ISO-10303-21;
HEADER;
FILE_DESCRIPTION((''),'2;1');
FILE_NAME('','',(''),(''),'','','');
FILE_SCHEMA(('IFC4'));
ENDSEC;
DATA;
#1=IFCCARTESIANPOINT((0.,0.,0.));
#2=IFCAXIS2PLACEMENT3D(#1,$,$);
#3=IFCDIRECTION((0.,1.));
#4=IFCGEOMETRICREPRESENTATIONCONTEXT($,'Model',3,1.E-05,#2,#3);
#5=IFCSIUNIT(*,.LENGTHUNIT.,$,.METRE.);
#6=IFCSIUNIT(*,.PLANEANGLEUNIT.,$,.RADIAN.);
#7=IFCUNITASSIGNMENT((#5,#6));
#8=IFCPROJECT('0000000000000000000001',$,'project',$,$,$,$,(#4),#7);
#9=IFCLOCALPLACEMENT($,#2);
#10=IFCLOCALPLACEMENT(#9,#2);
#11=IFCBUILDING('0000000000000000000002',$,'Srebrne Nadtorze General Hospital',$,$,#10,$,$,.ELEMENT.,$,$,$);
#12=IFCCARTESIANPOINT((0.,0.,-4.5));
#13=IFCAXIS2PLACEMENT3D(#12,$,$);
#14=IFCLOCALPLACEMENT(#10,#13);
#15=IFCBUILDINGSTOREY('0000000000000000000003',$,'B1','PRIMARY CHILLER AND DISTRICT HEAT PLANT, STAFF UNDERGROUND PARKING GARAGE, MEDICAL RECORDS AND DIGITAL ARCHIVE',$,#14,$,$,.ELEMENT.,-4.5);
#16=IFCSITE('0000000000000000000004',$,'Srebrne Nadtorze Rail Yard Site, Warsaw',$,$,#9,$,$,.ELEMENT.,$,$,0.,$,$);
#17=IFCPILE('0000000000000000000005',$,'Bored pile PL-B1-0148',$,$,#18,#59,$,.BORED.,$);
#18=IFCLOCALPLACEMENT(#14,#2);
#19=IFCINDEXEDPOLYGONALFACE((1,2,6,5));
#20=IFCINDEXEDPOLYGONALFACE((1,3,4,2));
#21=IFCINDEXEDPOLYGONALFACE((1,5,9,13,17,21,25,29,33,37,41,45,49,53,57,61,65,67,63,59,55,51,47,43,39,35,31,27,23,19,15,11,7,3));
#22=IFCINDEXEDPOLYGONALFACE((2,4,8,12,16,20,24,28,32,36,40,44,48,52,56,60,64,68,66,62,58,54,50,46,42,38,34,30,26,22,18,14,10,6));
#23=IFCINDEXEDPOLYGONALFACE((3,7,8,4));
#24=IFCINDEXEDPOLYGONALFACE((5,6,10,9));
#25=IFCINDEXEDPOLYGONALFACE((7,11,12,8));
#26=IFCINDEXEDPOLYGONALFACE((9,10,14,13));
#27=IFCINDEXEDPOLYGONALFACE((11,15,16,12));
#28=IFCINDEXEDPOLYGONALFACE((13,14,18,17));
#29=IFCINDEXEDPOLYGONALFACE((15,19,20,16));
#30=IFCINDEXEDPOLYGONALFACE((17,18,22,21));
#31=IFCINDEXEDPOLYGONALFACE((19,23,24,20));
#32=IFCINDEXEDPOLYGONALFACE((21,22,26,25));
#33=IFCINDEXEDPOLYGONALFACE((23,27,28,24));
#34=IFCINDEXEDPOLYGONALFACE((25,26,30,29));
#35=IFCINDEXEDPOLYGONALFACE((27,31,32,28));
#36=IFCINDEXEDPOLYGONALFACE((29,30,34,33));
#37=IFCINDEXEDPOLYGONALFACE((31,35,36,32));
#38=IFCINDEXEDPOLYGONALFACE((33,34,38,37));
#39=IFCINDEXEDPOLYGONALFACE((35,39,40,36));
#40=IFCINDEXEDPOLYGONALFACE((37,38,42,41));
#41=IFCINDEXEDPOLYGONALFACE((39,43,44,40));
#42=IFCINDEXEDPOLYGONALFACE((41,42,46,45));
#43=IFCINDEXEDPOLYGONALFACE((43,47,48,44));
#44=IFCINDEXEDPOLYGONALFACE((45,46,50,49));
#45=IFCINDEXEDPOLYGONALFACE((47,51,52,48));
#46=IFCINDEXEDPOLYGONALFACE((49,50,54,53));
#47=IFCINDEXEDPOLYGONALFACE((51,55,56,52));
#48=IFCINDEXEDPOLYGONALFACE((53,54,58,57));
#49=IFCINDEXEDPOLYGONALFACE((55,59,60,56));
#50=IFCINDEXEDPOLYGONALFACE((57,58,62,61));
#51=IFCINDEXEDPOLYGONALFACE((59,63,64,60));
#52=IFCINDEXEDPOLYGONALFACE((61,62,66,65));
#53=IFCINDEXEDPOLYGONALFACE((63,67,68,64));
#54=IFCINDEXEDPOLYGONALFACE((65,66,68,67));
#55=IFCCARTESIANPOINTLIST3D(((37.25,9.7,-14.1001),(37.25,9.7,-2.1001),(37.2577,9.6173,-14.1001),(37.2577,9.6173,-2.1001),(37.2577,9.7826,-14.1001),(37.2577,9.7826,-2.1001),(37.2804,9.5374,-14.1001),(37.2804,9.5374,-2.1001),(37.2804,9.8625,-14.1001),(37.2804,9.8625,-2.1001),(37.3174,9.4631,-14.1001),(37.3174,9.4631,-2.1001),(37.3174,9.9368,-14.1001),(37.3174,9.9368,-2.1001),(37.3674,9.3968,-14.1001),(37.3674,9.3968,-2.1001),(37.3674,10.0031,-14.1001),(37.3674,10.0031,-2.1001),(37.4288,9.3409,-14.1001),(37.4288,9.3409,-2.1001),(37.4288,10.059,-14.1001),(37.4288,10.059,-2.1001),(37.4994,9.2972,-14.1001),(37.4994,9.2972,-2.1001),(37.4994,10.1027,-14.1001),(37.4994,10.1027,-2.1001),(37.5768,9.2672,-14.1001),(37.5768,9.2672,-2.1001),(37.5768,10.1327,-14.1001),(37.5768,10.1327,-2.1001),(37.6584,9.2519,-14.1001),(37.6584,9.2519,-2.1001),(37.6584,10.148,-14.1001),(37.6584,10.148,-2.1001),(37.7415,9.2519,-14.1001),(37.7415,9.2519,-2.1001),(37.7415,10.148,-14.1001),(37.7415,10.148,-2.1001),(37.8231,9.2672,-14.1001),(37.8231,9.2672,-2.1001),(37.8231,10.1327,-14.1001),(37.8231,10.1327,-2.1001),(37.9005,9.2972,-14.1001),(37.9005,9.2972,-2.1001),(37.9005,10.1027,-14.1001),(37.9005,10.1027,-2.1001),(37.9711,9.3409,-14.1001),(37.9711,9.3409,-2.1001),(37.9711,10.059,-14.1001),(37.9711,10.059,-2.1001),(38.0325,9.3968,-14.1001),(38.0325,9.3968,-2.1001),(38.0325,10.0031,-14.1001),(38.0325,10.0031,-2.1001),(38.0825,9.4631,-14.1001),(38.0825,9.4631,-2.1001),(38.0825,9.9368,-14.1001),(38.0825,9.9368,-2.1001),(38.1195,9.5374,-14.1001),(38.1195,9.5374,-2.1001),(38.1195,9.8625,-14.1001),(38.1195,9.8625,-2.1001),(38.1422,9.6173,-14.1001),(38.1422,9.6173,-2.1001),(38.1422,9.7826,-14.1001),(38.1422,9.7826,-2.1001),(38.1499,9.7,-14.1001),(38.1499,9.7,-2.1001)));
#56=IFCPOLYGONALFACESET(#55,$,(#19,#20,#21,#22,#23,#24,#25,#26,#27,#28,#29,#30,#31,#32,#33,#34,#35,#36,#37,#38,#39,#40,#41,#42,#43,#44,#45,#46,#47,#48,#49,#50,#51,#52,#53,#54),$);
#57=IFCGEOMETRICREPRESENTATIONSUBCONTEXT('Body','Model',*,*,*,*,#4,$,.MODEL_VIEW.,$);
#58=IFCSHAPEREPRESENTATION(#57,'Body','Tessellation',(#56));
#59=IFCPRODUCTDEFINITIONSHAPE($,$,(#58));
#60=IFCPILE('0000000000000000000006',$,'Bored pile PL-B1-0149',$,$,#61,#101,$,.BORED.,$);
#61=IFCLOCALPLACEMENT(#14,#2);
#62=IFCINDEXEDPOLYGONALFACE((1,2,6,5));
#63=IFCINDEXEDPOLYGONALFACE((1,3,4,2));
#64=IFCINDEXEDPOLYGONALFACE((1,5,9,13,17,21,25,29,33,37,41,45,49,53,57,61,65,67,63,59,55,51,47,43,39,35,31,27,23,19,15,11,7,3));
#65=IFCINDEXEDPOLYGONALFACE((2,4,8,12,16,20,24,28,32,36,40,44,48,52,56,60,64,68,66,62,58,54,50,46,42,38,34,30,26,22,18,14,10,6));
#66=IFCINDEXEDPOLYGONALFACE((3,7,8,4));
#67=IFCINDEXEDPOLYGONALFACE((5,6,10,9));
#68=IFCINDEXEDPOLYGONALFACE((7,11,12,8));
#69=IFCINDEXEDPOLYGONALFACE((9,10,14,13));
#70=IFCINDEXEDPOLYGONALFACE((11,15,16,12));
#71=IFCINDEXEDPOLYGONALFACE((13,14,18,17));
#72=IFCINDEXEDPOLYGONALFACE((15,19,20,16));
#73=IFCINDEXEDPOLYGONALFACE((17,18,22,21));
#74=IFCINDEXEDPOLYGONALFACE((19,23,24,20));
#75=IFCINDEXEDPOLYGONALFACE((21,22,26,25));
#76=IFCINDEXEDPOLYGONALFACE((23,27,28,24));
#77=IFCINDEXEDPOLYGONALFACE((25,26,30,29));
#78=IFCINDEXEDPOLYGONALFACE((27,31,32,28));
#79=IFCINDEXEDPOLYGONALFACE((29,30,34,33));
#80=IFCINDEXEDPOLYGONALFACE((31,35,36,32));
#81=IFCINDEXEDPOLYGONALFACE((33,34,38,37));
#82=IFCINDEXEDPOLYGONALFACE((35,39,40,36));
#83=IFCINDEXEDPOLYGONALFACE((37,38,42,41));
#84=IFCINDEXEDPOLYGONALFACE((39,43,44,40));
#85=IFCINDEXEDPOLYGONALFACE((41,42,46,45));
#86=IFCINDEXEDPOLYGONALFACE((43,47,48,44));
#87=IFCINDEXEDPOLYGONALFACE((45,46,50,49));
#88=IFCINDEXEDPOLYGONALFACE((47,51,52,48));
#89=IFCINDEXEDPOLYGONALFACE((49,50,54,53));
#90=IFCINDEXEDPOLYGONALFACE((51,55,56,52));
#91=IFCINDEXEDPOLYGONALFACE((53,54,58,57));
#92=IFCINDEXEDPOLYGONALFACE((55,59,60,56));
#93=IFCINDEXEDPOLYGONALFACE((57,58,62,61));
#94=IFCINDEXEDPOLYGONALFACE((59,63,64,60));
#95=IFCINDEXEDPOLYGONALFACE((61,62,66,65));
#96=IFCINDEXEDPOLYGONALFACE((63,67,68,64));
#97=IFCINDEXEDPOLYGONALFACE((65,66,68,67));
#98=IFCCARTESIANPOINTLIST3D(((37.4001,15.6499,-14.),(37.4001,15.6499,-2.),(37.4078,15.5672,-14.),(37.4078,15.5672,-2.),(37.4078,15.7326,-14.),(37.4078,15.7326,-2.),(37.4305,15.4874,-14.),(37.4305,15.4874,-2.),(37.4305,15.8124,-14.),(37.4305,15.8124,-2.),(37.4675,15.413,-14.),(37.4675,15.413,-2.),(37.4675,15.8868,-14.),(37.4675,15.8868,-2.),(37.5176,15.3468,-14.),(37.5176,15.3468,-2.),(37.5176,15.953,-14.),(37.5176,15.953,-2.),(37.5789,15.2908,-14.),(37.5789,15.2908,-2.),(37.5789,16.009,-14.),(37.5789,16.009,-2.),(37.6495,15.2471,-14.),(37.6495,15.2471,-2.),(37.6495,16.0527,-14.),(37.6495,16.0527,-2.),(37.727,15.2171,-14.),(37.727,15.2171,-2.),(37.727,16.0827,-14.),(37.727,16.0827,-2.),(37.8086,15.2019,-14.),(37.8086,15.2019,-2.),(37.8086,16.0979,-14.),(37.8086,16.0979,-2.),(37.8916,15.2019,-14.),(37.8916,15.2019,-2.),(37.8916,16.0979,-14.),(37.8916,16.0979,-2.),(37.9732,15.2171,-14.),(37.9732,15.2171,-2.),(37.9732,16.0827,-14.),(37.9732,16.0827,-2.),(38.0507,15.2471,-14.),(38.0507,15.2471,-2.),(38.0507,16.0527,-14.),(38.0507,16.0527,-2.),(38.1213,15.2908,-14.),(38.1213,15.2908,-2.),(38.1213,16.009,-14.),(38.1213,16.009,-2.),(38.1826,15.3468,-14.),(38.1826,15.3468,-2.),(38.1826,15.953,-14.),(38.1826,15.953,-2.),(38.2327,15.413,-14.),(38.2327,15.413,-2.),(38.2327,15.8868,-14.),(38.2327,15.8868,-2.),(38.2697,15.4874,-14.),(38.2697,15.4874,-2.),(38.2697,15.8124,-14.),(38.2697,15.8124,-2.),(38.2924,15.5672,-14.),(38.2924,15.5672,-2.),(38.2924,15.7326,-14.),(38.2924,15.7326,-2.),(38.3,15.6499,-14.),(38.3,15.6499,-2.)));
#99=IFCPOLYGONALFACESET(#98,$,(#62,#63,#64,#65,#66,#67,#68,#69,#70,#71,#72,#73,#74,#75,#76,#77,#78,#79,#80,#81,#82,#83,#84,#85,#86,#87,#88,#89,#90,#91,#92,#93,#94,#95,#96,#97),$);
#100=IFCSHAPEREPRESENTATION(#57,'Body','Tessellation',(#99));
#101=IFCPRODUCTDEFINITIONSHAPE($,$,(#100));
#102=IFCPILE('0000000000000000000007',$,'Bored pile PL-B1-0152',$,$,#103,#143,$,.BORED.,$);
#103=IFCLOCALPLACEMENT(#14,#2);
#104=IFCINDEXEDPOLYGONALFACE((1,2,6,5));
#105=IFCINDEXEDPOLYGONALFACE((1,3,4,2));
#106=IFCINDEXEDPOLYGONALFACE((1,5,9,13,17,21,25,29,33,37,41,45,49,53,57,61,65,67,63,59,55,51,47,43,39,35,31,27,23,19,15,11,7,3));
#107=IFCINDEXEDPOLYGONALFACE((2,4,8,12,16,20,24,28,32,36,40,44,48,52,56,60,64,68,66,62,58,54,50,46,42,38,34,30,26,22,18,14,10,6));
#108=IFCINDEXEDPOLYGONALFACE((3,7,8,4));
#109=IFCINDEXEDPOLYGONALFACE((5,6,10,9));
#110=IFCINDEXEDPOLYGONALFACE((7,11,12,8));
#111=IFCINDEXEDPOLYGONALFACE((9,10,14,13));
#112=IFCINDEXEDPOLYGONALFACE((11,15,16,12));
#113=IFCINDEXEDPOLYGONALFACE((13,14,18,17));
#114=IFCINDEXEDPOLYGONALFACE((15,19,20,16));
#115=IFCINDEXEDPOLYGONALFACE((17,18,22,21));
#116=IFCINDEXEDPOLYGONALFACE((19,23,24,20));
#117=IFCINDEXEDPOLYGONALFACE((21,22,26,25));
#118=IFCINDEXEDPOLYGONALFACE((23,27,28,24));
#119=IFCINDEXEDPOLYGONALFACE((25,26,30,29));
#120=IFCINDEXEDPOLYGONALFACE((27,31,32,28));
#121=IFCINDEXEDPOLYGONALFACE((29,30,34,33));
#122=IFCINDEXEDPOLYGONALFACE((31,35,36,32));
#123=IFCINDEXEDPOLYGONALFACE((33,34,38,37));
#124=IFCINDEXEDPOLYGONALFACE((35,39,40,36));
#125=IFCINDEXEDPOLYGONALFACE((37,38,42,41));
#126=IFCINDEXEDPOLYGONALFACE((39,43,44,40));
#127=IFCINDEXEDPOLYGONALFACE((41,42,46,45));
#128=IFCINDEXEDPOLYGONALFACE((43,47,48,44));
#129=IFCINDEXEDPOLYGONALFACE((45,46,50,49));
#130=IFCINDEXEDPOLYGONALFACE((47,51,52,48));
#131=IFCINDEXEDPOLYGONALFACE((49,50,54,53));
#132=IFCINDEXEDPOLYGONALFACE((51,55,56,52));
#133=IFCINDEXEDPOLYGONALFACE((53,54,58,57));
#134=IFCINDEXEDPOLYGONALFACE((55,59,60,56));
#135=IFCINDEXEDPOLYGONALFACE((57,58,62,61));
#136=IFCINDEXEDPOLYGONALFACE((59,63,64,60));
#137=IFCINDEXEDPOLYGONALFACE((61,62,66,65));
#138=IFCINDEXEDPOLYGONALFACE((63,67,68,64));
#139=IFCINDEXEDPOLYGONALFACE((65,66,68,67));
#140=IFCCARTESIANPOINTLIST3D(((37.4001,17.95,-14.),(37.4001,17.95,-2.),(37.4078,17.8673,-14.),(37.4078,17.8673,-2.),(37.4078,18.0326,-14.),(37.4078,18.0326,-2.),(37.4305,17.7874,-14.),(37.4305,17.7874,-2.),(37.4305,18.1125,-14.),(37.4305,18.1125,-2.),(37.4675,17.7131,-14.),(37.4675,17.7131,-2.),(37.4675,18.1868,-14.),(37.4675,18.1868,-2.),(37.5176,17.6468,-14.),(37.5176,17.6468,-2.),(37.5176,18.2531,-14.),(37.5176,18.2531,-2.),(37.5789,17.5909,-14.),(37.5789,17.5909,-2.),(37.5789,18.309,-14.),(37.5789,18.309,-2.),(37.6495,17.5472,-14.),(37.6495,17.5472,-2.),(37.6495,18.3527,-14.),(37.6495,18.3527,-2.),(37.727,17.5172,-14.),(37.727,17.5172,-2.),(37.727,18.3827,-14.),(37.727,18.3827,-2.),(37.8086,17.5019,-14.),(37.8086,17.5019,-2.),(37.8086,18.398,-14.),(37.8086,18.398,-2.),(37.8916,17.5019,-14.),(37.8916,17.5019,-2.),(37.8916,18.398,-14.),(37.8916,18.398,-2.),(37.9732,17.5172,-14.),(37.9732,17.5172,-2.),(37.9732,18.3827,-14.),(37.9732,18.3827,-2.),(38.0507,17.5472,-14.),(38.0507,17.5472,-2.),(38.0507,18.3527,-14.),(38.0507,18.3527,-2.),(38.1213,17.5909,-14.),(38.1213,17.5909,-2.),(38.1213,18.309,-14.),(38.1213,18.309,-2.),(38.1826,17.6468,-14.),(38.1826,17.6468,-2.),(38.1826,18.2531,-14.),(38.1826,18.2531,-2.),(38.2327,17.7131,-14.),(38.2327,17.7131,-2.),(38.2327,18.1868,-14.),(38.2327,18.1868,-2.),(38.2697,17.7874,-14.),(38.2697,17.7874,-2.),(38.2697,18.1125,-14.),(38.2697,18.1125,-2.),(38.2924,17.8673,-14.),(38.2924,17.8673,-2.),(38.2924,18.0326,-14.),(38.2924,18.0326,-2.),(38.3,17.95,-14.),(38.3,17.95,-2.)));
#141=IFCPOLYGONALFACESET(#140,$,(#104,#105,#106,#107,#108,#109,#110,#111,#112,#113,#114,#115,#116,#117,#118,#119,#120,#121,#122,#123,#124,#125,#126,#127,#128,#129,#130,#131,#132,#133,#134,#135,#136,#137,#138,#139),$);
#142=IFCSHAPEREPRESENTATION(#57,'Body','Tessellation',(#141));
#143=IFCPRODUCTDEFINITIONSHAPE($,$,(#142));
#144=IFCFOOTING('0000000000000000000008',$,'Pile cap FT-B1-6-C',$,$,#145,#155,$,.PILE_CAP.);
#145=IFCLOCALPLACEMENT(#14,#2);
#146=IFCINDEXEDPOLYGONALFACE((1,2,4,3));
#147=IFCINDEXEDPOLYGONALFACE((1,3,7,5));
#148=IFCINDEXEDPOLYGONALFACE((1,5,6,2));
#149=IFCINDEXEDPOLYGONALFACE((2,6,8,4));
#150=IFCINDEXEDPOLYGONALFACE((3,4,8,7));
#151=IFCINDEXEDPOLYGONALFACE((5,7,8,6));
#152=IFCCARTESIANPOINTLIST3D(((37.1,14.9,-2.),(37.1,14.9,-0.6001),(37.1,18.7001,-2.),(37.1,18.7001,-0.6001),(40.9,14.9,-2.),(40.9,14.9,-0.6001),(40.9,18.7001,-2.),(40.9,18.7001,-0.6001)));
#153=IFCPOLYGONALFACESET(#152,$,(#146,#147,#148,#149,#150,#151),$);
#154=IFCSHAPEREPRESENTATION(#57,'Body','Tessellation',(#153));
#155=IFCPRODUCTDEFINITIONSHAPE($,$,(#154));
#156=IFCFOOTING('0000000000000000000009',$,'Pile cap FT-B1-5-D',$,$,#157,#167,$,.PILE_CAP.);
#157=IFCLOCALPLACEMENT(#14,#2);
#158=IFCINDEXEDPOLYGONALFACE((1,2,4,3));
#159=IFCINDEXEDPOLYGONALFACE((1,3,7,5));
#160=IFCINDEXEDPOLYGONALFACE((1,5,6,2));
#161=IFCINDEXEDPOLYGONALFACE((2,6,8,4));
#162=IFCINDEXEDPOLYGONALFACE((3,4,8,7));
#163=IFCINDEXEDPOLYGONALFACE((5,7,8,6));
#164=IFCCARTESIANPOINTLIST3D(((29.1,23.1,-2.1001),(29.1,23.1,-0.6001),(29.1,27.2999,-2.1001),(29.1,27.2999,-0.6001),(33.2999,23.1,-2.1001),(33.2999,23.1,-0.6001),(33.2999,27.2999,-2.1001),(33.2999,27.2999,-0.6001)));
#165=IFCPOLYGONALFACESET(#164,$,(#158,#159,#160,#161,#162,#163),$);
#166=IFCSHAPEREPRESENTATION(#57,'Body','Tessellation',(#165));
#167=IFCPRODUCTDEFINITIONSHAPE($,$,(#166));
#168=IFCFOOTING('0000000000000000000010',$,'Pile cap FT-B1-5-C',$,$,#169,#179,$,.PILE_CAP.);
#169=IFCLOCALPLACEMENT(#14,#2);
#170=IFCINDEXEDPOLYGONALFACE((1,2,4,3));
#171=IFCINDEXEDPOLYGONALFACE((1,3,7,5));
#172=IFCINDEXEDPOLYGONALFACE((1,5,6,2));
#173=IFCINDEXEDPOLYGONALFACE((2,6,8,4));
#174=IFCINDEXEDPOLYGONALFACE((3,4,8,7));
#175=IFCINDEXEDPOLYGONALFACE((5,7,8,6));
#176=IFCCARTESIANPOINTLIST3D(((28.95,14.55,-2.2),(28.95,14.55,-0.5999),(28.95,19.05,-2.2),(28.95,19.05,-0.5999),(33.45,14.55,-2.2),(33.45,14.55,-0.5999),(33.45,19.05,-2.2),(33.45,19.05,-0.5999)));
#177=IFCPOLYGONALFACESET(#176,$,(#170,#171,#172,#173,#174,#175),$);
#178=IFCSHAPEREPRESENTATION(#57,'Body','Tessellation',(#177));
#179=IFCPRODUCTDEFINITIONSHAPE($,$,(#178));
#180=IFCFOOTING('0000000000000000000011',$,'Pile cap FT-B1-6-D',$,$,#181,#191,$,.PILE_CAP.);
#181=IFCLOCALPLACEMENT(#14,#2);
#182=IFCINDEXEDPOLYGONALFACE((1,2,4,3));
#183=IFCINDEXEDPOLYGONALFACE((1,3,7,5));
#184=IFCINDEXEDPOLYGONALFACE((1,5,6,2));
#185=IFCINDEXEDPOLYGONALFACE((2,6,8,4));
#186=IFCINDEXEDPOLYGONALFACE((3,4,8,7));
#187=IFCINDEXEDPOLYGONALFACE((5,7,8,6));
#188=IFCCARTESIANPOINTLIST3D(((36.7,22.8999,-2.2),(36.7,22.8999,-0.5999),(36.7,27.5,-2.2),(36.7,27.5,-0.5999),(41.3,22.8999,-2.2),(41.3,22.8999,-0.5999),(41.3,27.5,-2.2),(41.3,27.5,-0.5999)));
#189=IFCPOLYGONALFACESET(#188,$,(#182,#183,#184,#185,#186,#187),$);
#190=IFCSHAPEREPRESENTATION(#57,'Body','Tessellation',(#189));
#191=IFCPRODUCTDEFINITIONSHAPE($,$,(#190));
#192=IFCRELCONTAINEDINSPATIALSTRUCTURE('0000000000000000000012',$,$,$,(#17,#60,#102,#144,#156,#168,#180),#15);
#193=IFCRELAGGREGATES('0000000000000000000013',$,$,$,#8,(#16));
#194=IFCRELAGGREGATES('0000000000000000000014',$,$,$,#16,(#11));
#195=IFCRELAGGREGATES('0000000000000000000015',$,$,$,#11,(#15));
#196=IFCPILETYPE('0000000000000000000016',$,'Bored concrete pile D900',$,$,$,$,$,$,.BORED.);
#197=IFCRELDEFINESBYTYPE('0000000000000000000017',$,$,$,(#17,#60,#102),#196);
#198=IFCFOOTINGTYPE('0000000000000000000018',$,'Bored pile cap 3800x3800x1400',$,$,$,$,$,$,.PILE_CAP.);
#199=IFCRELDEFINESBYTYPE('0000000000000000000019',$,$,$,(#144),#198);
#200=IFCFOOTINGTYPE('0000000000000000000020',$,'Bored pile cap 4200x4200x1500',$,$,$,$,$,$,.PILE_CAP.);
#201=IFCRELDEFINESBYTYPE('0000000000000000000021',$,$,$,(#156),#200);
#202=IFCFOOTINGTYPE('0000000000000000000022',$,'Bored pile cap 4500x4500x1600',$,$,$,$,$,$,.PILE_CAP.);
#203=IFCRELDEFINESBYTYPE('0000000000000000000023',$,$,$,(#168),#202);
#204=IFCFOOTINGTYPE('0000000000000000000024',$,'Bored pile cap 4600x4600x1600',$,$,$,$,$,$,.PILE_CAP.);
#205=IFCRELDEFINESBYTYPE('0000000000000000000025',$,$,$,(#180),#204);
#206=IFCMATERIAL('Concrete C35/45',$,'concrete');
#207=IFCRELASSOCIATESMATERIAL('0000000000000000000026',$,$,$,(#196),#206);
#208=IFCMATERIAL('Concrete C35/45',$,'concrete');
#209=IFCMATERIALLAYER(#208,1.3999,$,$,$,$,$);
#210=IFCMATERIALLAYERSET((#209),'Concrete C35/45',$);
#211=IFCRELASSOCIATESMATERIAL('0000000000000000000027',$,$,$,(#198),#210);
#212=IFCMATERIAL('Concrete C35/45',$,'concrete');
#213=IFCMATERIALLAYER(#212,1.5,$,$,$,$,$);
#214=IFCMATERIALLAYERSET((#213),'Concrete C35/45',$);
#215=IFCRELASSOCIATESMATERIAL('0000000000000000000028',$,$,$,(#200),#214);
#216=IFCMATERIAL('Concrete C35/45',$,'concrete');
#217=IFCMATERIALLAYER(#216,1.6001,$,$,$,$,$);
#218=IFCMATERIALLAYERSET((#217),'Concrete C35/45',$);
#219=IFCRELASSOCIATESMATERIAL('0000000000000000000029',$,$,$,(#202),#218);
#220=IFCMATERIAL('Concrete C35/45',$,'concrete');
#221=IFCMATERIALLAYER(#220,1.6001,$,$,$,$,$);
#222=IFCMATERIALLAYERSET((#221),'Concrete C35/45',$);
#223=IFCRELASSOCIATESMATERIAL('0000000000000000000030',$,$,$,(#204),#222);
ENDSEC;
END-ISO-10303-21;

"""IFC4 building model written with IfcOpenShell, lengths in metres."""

from ifc_helpers import new_model, si_unit, direction, frame, origin, origin_2d, place, context, subcontext, project, spatial, rectangle, circle, extrude, material, layer, layer_set, material_profile, profile_set, type_object, element, save


model = new_model("IFC4")

# Units and contexts
model_context = context("Model", 3, precision=1e-05, world=origin(), true_north=direction((0.0, 1.0)))
body_context = subcontext(model_context, "Body", "Model", "MODEL_VIEW")
ifc_project = project(units=[si_unit("LENGTHUNIT", "METRE"), si_unit("PLANEANGLEUNIT", "RADIAN")], contexts=[model_context])

# Site, building, storey
site_placement = place(None, origin())
site = spatial("IfcSite", under=ifc_project, at=site_placement, Name="Srebrne Nadtorze Rail Yard Site, Warsaw", CompositionType="ELEMENT", RefElevation=0.0)
building_placement = place(site_placement, origin())
building = spatial("IfcBuilding", under=site, at=building_placement, Name="Srebrne Nadtorze General Hospital", CompositionType="ELEMENT")
storey_placement = place(building_placement, frame((0.0, 0.0, -4.5)))
storey = spatial("IfcBuildingStorey", under=building, at=storey_placement, Name="B1", Description="PRIMARY CHILLER AND DISTRICT HEAT PLANT, STAFF UNDERGROUND PARKING GARAGE, MEDICAL RECORDS AND DIGITAL ARCHIVE", CompositionType="ELEMENT", Elevation=-4.5)

# Piles
ifc_material_1 = material(Name="Concrete C35/45", Category="concrete")
ifc_material_profile_1 = material_profile(ifc_material_1, circle(Radius=0.45, at=origin_2d()), Name="PILE-D900")
ifc_profile_set_1 = profile_set([ifc_material_profile_1], Name="Concrete C35/45")
pile_type_1 = type_object("IfcPileType", Name="Bored concrete pile D900", PredefinedType="BORED", material=ifc_profile_set_1)
for number, where, z_axis, x_axis, name in (
    (1, (37.7, 9.7, -2.1001), (0.0, 0.0, -1.0), (1.0, 0.0, 0.0), "Bored pile PL-B1-0148"),
    (2, (37.8501, 15.6499, -2.0), (0.0, 0.0, -1.0), (1.0, 0.0, 0.0), "Bored pile PL-B1-0149"),
    (3, (37.8501, 17.95, -2.0), (0.0, 0.0, -1.0), (1.0, 0.0, 0.0), "Bored pile PL-B1-0152"),
):
    element("IfcPile", number, at=place(storey_placement, frame(where, z_axis=z_axis, x_axis=x_axis)), inside=storey, type_object=pile_type_1, Name=name, PredefinedType="BORED", context=body_context, shape_type="SweptSolid", body=[
        extrude(circle(Radius=0.45, at=origin_2d()), origin(), (0.0, 0.0, 1.0), 12.0),
    ])

# Footings
ifc_material_2 = material(Name="Concrete C35/45", Category="concrete")
ifc_layer_1 = layer(ifc_material_2, 1.3999)
ifc_layer_set_1 = layer_set([ifc_layer_1], Name="Concrete C35/45")
footing_type_1 = type_object("IfcFootingType", Name="Bored pile cap 3800x3800x1400", PredefinedType="PILE_CAP", material=ifc_layer_set_1)
footing_1_placement = place(storey_placement, frame((39.0, 16.8, -2.0), z_axis=(0.0, 0.0, 1.0), x_axis=(1.0, 0.0, 0.0)))
element("IfcFooting", 4, at=footing_1_placement, inside=storey, type_object=footing_type_1, Name="Pile cap FT-B1-6-C", PredefinedType="PILE_CAP", context=body_context, shape_type="SweptSolid", body=[
    extrude(rectangle(XDim=3.8, YDim=3.8, at=origin_2d()), origin(), (0.0, 0.0, 1.0), 1.3999),
])
ifc_material_3 = material(Name="Concrete C35/45", Category="concrete")
ifc_layer_2 = layer(ifc_material_3, 1.5)
ifc_layer_set_2 = layer_set([ifc_layer_2], Name="Concrete C35/45")
footing_type_2 = type_object("IfcFootingType", Name="Bored pile cap 4200x4200x1500", PredefinedType="PILE_CAP", material=ifc_layer_set_2)
footing_2_placement = place(storey_placement, frame((31.2, 25.2, -2.1001), z_axis=(0.0, 0.0, 1.0), x_axis=(1.0, 0.0, 0.0)))
element("IfcFooting", 5, at=footing_2_placement, inside=storey, type_object=footing_type_2, Name="Pile cap FT-B1-5-D", PredefinedType="PILE_CAP", context=body_context, shape_type="SweptSolid", body=[
    extrude(rectangle(XDim=4.2, YDim=4.2, at=origin_2d()), origin(), (0.0, 0.0, 1.0), 1.5),
])
ifc_material_4 = material(Name="Concrete C35/45", Category="concrete")
ifc_layer_3 = layer(ifc_material_4, 1.6001)
ifc_layer_set_3 = layer_set([ifc_layer_3], Name="Concrete C35/45")
footing_type_3 = type_object("IfcFootingType", Name="Bored pile cap 4500x4500x1600", PredefinedType="PILE_CAP", material=ifc_layer_set_3)
footing_3_placement = place(storey_placement, frame((31.2, 16.8, -2.2), z_axis=(0.0, 0.0, 1.0), x_axis=(1.0, 0.0, 0.0)))
element("IfcFooting", 6, at=footing_3_placement, inside=storey, type_object=footing_type_3, Name="Pile cap FT-B1-5-C", PredefinedType="PILE_CAP", context=body_context, shape_type="SweptSolid", body=[
    extrude(rectangle(XDim=4.5, YDim=4.5, at=origin_2d()), origin(), (0.0, 0.0, 1.0), 1.6001),
])
ifc_material_5 = material(Name="Concrete C35/45", Category="concrete")
ifc_layer_4 = layer(ifc_material_5, 1.6001)
ifc_layer_set_4 = layer_set([ifc_layer_4], Name="Concrete C35/45")
footing_type_4 = type_object("IfcFootingType", Name="Bored pile cap 4600x4600x1600", PredefinedType="PILE_CAP", material=ifc_layer_set_4)
footing_4_placement = place(storey_placement, frame((39.0, 25.2, -2.2), z_axis=(0.0, 0.0, 1.0), x_axis=(1.0, 0.0, 0.0)))
element("IfcFooting", 7, at=footing_4_placement, inside=storey, type_object=footing_type_4, Name="Pile cap FT-B1-6-D", PredefinedType="PILE_CAP", context=body_context, shape_type="SweptSolid", body=[
    extrude(rectangle(XDim=4.6001, YDim=4.6001, at=origin_2d()), origin(), (0.0, 0.0, 1.0), 1.6001),
])

save(model, "model.ifc")
